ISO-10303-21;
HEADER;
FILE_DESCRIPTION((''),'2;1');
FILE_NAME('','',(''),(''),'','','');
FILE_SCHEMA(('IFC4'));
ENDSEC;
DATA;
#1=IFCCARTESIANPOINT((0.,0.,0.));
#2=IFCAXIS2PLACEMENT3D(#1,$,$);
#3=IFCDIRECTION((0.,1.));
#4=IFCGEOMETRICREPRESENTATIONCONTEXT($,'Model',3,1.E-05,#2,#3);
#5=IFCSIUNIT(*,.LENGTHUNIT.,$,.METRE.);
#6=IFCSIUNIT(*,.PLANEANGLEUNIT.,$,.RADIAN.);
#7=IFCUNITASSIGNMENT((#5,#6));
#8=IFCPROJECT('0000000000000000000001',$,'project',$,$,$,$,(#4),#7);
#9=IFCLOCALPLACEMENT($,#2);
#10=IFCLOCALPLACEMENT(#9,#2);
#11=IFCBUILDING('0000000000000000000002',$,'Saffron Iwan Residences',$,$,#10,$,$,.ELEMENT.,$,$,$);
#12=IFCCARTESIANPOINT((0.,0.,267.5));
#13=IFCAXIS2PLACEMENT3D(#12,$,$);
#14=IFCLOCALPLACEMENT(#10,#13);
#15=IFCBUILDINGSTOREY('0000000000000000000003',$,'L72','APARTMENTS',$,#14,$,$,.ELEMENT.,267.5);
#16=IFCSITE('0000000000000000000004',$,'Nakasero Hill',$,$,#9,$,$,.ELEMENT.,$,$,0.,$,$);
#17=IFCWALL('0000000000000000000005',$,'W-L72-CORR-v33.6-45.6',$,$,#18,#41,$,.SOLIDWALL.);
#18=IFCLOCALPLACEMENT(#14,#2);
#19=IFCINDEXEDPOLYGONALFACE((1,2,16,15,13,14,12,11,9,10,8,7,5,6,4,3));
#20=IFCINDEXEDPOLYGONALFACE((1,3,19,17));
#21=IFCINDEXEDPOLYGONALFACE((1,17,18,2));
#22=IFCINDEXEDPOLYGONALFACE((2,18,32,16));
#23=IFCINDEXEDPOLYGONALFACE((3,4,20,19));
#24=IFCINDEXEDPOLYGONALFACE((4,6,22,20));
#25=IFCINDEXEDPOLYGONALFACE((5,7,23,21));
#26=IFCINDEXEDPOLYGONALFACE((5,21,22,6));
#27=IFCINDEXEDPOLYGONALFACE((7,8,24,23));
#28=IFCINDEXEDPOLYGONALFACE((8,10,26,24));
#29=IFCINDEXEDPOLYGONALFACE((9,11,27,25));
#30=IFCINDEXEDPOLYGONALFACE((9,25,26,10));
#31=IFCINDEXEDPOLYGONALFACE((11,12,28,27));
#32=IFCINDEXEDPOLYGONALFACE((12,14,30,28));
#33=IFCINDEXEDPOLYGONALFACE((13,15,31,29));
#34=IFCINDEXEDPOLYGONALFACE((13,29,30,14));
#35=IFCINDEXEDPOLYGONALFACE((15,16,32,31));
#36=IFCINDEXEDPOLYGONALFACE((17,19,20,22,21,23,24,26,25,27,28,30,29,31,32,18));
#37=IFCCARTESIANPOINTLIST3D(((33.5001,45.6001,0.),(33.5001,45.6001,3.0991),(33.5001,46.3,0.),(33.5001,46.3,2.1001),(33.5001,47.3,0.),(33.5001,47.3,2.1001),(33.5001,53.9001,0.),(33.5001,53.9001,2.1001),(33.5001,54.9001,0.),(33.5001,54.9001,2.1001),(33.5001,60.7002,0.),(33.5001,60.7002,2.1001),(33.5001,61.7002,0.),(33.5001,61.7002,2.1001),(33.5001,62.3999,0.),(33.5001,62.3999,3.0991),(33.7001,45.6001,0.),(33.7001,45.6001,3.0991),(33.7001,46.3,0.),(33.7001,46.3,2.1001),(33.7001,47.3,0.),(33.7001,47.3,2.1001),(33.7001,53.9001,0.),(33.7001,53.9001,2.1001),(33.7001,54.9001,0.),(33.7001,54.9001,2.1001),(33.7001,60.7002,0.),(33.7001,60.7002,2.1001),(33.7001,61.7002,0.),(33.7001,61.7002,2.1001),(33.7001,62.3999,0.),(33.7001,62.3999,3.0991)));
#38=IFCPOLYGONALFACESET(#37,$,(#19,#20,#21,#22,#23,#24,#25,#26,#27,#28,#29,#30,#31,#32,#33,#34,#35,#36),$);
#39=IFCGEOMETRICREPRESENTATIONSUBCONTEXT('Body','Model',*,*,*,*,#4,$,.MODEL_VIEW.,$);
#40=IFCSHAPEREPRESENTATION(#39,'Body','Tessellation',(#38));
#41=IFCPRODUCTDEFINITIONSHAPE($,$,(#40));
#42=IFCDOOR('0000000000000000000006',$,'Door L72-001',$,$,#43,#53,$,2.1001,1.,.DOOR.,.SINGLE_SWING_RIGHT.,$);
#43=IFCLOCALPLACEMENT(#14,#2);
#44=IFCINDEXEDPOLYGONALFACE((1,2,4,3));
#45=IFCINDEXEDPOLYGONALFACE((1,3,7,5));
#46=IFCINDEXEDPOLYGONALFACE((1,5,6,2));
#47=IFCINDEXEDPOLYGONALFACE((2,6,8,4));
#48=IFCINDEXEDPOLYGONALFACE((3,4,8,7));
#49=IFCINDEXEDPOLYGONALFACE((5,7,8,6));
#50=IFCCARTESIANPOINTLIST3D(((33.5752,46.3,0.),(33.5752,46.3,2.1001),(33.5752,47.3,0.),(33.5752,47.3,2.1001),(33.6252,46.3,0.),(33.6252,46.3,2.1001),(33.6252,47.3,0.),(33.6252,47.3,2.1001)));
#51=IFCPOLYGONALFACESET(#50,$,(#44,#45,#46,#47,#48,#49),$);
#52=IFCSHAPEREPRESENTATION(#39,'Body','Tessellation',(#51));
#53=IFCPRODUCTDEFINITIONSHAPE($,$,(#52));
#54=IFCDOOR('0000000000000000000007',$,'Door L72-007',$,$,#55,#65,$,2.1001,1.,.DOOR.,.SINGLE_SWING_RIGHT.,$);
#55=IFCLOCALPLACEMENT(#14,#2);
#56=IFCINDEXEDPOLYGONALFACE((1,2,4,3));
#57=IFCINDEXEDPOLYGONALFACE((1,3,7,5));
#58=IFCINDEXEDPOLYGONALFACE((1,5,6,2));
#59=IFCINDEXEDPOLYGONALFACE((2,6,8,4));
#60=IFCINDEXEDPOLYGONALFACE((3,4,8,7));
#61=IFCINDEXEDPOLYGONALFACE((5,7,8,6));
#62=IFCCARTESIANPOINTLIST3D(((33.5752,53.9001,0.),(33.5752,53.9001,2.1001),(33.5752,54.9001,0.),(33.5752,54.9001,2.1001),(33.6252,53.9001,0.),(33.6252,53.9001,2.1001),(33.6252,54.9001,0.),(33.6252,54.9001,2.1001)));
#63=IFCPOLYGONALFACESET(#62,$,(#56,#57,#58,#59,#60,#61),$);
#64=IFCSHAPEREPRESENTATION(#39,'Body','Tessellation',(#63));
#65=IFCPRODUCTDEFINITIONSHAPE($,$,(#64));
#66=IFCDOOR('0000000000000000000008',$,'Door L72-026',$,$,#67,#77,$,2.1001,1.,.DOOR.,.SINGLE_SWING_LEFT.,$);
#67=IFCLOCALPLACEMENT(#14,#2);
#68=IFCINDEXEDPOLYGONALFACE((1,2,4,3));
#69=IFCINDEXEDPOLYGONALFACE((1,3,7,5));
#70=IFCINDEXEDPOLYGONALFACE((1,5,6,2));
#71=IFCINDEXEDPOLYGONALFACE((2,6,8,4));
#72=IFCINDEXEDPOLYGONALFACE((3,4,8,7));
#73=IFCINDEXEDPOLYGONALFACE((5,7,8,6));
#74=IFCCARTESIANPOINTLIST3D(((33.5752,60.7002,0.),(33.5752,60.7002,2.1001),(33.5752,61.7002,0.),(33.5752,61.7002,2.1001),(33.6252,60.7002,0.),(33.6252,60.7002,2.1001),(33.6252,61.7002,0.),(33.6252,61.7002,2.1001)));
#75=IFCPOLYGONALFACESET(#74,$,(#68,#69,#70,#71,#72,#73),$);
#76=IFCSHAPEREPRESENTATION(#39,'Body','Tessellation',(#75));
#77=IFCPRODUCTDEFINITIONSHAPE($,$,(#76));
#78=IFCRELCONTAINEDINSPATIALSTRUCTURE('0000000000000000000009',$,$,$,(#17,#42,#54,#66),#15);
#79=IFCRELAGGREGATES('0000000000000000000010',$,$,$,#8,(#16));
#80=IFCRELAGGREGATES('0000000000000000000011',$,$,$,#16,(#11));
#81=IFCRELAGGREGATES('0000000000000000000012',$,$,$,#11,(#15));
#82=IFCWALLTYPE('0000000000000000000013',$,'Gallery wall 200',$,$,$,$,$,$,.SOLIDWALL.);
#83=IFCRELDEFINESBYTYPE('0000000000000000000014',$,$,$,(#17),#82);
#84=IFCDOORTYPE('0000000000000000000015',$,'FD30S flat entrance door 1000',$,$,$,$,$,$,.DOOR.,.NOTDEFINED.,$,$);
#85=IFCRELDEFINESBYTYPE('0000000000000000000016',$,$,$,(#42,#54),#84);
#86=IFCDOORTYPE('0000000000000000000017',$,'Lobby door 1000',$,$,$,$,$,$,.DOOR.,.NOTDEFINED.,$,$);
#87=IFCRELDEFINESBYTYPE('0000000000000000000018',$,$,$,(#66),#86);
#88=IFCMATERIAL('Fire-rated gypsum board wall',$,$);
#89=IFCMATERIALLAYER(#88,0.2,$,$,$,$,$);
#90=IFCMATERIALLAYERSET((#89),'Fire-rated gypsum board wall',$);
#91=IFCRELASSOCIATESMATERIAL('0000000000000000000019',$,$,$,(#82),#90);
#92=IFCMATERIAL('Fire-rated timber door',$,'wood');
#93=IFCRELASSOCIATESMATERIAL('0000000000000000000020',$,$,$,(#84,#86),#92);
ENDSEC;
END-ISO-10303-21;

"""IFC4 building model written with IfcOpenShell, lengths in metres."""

from ifc_helpers import new_model, si_unit, direction, frame, frame_2d, origin, place, context, subcontext, project, spatial, rectangle, extrude, material, layer, layer_set, type_object, element, fill, save


model = new_model("IFC4")

# Units and contexts
model_context = context("Model", 3, precision=1e-05, world=origin(), true_north=direction((0.0, 1.0)))
body_context = subcontext(model_context, "Body", "Model", "MODEL_VIEW")
ifc_project = project(units=[si_unit("LENGTHUNIT", "METRE"), si_unit("PLANEANGLEUNIT", "RADIAN")], contexts=[model_context])

# Site, building, storey
site_placement = place(None, origin())
site = spatial("IfcSite", under=ifc_project, at=site_placement, Name="Nakasero Hill", CompositionType="ELEMENT", RefElevation=0.0)
building_placement = place(site_placement, origin())
building = spatial("IfcBuilding", under=site, at=building_placement, Name="Saffron Iwan Residences", CompositionType="ELEMENT")
storey_placement = place(building_placement, frame((0.0, 0.0, 267.5)))
storey = spatial("IfcBuildingStorey", under=building, at=storey_placement, Name="L72", Description="APARTMENTS", CompositionType="ELEMENT", Elevation=267.5)

# Shared definitions
ifc_material_1 = material(Name="Fire-rated gypsum board wall")
ifc_layer_1 = layer(ifc_material_1, 0.2)
ifc_layer_set_1 = layer_set([ifc_layer_1], Name="Fire-rated gypsum board wall")
wall_type_1 = type_object("IfcWallType", Name="Gallery wall 200", PredefinedType="SOLIDWALL", material=ifc_layer_set_1)

# Wall, openings, doors
wall_1_placement = place(storey_placement, frame((33.6001, 45.6001, 0.0), z_axis=(0.0, 0.0, 1.0), x_axis=(0.0, 1.0, 0.0)))
wall_1 = element("IfcWall", 1, at=wall_1_placement, inside=storey, type_object=wall_type_1, Name="W-L72-CORR-v33.6-45.6", PredefinedType="SOLIDWALL", context=body_context, shape_type="SweptSolid", body=[
    extrude(rectangle(XDim=16.7998, YDim=0.2, at=frame_2d((8.3999, 0.0))), origin(), (0.0, 0.0, 1.0), 3.0991),
])
opening_1_placement = place(wall_1_placement, frame((0.7, 0.0, 0.0)))
opening_1 = element("IfcOpeningElement", 2, at=opening_1_placement, cuts=wall_1, PredefinedType="OPENING", context=body_context, shape_type="SweptSolid", body=[
    extrude(rectangle(XDim=1.0, YDim=2.1001, at=frame_2d((0.5, 1.05))), frame((0.0, 0.1099, 0.0), z_axis=(0.0, -1.0, 0.0), x_axis=(1.0, 0.0, 0.0)), (0.0, 0.0, 1.0), 0.22),
])
opening_2_placement = place(wall_1_placement, frame((8.3, 0.0, 0.0)))
opening_2 = element("IfcOpeningElement", 3, at=opening_2_placement, cuts=wall_1, PredefinedType="OPENING", context=body_context, shape_type="SweptSolid", body=[
    extrude(rectangle(XDim=1.0, YDim=2.1001, at=frame_2d((0.5, 1.05))), frame((0.0, 0.1099, 0.0), z_axis=(0.0, -1.0, 0.0), x_axis=(1.0, 0.0, 0.0)), (0.0, 0.0, 1.0), 0.22),
])
opening_3_placement = place(wall_1_placement, frame((15.1001, 0.0, 0.0)))
opening_3 = element("IfcOpeningElement", 4, at=opening_3_placement, cuts=wall_1, PredefinedType="OPENING", context=body_context, shape_type="SweptSolid", body=[
    extrude(rectangle(XDim=1.0, YDim=2.1001, at=frame_2d((0.5, 1.05))), frame((0.0, 0.1099, 0.0), z_axis=(0.0, -1.0, 0.0), x_axis=(1.0, 0.0, 0.0)), (0.0, 0.0, 1.0), 0.22),
])
ifc_material_2 = material(Name="Fire-rated timber door", Category="wood")
door_type_1 = type_object("IfcDoorType", Name="FD30S flat entrance door 1000", OperationType="NOTDEFINED", PredefinedType="DOOR", material=ifc_material_2)
door_1_placement = place(opening_1_placement, origin())
door_1 = element("IfcDoor", 5, at=door_1_placement, inside=storey, type_object=door_type_1, Name="Door L72-001", OperationType="SINGLE_SWING_RIGHT", OverallHeight=2.1001, OverallWidth=1.0, PredefinedType="DOOR", context=body_context, shape_type="SweptSolid", body=[
    extrude(rectangle(XDim=1.0, YDim=2.1001, at=frame_2d((0.5, 1.05))), frame((0.0, 0.0249, 0.0), z_axis=(0.0, -1.0, 0.0), x_axis=(1.0, 0.0, 0.0)), (0.0, 0.0, 1.0), 0.05),
])
fill(opening_1, door_1)
door_2_placement = place(opening_2_placement, origin())
door_2 = element("IfcDoor", 6, at=door_2_placement, inside=storey, type_object=door_type_1, Name="Door L72-007", OperationType="SINGLE_SWING_RIGHT", OverallHeight=2.1001, OverallWidth=1.0, PredefinedType="DOOR", context=body_context, shape_type="SweptSolid", body=[
    extrude(rectangle(XDim=1.0, YDim=2.1001, at=frame_2d((0.5, 1.05))), frame((0.0, 0.0249, 0.0), z_axis=(0.0, -1.0, 0.0), x_axis=(1.0, 0.0, 0.0)), (0.0, 0.0, 1.0), 0.05),
])
fill(opening_2, door_2)
door_type_2 = type_object("IfcDoorType", Name="Lobby door 1000", OperationType="NOTDEFINED", PredefinedType="DOOR", material=ifc_material_2)
door_3_placement = place(opening_3_placement, origin())
door_3 = element("IfcDoor", 7, at=door_3_placement, inside=storey, type_object=door_type_2, Name="Door L72-026", OperationType="SINGLE_SWING_LEFT", OverallHeight=2.1001, OverallWidth=1.0, PredefinedType="DOOR", context=body_context, shape_type="SweptSolid", body=[
    extrude(rectangle(XDim=1.0, YDim=2.1001, at=frame_2d((0.5, 1.05))), frame((0.0, 0.0249, 0.0), z_axis=(0.0, -1.0, 0.0), x_axis=(1.0, 0.0, 0.0)), (0.0, 0.0, 1.0), 0.05),
])
fill(opening_3, door_3)

save(model, "model.ifc")
